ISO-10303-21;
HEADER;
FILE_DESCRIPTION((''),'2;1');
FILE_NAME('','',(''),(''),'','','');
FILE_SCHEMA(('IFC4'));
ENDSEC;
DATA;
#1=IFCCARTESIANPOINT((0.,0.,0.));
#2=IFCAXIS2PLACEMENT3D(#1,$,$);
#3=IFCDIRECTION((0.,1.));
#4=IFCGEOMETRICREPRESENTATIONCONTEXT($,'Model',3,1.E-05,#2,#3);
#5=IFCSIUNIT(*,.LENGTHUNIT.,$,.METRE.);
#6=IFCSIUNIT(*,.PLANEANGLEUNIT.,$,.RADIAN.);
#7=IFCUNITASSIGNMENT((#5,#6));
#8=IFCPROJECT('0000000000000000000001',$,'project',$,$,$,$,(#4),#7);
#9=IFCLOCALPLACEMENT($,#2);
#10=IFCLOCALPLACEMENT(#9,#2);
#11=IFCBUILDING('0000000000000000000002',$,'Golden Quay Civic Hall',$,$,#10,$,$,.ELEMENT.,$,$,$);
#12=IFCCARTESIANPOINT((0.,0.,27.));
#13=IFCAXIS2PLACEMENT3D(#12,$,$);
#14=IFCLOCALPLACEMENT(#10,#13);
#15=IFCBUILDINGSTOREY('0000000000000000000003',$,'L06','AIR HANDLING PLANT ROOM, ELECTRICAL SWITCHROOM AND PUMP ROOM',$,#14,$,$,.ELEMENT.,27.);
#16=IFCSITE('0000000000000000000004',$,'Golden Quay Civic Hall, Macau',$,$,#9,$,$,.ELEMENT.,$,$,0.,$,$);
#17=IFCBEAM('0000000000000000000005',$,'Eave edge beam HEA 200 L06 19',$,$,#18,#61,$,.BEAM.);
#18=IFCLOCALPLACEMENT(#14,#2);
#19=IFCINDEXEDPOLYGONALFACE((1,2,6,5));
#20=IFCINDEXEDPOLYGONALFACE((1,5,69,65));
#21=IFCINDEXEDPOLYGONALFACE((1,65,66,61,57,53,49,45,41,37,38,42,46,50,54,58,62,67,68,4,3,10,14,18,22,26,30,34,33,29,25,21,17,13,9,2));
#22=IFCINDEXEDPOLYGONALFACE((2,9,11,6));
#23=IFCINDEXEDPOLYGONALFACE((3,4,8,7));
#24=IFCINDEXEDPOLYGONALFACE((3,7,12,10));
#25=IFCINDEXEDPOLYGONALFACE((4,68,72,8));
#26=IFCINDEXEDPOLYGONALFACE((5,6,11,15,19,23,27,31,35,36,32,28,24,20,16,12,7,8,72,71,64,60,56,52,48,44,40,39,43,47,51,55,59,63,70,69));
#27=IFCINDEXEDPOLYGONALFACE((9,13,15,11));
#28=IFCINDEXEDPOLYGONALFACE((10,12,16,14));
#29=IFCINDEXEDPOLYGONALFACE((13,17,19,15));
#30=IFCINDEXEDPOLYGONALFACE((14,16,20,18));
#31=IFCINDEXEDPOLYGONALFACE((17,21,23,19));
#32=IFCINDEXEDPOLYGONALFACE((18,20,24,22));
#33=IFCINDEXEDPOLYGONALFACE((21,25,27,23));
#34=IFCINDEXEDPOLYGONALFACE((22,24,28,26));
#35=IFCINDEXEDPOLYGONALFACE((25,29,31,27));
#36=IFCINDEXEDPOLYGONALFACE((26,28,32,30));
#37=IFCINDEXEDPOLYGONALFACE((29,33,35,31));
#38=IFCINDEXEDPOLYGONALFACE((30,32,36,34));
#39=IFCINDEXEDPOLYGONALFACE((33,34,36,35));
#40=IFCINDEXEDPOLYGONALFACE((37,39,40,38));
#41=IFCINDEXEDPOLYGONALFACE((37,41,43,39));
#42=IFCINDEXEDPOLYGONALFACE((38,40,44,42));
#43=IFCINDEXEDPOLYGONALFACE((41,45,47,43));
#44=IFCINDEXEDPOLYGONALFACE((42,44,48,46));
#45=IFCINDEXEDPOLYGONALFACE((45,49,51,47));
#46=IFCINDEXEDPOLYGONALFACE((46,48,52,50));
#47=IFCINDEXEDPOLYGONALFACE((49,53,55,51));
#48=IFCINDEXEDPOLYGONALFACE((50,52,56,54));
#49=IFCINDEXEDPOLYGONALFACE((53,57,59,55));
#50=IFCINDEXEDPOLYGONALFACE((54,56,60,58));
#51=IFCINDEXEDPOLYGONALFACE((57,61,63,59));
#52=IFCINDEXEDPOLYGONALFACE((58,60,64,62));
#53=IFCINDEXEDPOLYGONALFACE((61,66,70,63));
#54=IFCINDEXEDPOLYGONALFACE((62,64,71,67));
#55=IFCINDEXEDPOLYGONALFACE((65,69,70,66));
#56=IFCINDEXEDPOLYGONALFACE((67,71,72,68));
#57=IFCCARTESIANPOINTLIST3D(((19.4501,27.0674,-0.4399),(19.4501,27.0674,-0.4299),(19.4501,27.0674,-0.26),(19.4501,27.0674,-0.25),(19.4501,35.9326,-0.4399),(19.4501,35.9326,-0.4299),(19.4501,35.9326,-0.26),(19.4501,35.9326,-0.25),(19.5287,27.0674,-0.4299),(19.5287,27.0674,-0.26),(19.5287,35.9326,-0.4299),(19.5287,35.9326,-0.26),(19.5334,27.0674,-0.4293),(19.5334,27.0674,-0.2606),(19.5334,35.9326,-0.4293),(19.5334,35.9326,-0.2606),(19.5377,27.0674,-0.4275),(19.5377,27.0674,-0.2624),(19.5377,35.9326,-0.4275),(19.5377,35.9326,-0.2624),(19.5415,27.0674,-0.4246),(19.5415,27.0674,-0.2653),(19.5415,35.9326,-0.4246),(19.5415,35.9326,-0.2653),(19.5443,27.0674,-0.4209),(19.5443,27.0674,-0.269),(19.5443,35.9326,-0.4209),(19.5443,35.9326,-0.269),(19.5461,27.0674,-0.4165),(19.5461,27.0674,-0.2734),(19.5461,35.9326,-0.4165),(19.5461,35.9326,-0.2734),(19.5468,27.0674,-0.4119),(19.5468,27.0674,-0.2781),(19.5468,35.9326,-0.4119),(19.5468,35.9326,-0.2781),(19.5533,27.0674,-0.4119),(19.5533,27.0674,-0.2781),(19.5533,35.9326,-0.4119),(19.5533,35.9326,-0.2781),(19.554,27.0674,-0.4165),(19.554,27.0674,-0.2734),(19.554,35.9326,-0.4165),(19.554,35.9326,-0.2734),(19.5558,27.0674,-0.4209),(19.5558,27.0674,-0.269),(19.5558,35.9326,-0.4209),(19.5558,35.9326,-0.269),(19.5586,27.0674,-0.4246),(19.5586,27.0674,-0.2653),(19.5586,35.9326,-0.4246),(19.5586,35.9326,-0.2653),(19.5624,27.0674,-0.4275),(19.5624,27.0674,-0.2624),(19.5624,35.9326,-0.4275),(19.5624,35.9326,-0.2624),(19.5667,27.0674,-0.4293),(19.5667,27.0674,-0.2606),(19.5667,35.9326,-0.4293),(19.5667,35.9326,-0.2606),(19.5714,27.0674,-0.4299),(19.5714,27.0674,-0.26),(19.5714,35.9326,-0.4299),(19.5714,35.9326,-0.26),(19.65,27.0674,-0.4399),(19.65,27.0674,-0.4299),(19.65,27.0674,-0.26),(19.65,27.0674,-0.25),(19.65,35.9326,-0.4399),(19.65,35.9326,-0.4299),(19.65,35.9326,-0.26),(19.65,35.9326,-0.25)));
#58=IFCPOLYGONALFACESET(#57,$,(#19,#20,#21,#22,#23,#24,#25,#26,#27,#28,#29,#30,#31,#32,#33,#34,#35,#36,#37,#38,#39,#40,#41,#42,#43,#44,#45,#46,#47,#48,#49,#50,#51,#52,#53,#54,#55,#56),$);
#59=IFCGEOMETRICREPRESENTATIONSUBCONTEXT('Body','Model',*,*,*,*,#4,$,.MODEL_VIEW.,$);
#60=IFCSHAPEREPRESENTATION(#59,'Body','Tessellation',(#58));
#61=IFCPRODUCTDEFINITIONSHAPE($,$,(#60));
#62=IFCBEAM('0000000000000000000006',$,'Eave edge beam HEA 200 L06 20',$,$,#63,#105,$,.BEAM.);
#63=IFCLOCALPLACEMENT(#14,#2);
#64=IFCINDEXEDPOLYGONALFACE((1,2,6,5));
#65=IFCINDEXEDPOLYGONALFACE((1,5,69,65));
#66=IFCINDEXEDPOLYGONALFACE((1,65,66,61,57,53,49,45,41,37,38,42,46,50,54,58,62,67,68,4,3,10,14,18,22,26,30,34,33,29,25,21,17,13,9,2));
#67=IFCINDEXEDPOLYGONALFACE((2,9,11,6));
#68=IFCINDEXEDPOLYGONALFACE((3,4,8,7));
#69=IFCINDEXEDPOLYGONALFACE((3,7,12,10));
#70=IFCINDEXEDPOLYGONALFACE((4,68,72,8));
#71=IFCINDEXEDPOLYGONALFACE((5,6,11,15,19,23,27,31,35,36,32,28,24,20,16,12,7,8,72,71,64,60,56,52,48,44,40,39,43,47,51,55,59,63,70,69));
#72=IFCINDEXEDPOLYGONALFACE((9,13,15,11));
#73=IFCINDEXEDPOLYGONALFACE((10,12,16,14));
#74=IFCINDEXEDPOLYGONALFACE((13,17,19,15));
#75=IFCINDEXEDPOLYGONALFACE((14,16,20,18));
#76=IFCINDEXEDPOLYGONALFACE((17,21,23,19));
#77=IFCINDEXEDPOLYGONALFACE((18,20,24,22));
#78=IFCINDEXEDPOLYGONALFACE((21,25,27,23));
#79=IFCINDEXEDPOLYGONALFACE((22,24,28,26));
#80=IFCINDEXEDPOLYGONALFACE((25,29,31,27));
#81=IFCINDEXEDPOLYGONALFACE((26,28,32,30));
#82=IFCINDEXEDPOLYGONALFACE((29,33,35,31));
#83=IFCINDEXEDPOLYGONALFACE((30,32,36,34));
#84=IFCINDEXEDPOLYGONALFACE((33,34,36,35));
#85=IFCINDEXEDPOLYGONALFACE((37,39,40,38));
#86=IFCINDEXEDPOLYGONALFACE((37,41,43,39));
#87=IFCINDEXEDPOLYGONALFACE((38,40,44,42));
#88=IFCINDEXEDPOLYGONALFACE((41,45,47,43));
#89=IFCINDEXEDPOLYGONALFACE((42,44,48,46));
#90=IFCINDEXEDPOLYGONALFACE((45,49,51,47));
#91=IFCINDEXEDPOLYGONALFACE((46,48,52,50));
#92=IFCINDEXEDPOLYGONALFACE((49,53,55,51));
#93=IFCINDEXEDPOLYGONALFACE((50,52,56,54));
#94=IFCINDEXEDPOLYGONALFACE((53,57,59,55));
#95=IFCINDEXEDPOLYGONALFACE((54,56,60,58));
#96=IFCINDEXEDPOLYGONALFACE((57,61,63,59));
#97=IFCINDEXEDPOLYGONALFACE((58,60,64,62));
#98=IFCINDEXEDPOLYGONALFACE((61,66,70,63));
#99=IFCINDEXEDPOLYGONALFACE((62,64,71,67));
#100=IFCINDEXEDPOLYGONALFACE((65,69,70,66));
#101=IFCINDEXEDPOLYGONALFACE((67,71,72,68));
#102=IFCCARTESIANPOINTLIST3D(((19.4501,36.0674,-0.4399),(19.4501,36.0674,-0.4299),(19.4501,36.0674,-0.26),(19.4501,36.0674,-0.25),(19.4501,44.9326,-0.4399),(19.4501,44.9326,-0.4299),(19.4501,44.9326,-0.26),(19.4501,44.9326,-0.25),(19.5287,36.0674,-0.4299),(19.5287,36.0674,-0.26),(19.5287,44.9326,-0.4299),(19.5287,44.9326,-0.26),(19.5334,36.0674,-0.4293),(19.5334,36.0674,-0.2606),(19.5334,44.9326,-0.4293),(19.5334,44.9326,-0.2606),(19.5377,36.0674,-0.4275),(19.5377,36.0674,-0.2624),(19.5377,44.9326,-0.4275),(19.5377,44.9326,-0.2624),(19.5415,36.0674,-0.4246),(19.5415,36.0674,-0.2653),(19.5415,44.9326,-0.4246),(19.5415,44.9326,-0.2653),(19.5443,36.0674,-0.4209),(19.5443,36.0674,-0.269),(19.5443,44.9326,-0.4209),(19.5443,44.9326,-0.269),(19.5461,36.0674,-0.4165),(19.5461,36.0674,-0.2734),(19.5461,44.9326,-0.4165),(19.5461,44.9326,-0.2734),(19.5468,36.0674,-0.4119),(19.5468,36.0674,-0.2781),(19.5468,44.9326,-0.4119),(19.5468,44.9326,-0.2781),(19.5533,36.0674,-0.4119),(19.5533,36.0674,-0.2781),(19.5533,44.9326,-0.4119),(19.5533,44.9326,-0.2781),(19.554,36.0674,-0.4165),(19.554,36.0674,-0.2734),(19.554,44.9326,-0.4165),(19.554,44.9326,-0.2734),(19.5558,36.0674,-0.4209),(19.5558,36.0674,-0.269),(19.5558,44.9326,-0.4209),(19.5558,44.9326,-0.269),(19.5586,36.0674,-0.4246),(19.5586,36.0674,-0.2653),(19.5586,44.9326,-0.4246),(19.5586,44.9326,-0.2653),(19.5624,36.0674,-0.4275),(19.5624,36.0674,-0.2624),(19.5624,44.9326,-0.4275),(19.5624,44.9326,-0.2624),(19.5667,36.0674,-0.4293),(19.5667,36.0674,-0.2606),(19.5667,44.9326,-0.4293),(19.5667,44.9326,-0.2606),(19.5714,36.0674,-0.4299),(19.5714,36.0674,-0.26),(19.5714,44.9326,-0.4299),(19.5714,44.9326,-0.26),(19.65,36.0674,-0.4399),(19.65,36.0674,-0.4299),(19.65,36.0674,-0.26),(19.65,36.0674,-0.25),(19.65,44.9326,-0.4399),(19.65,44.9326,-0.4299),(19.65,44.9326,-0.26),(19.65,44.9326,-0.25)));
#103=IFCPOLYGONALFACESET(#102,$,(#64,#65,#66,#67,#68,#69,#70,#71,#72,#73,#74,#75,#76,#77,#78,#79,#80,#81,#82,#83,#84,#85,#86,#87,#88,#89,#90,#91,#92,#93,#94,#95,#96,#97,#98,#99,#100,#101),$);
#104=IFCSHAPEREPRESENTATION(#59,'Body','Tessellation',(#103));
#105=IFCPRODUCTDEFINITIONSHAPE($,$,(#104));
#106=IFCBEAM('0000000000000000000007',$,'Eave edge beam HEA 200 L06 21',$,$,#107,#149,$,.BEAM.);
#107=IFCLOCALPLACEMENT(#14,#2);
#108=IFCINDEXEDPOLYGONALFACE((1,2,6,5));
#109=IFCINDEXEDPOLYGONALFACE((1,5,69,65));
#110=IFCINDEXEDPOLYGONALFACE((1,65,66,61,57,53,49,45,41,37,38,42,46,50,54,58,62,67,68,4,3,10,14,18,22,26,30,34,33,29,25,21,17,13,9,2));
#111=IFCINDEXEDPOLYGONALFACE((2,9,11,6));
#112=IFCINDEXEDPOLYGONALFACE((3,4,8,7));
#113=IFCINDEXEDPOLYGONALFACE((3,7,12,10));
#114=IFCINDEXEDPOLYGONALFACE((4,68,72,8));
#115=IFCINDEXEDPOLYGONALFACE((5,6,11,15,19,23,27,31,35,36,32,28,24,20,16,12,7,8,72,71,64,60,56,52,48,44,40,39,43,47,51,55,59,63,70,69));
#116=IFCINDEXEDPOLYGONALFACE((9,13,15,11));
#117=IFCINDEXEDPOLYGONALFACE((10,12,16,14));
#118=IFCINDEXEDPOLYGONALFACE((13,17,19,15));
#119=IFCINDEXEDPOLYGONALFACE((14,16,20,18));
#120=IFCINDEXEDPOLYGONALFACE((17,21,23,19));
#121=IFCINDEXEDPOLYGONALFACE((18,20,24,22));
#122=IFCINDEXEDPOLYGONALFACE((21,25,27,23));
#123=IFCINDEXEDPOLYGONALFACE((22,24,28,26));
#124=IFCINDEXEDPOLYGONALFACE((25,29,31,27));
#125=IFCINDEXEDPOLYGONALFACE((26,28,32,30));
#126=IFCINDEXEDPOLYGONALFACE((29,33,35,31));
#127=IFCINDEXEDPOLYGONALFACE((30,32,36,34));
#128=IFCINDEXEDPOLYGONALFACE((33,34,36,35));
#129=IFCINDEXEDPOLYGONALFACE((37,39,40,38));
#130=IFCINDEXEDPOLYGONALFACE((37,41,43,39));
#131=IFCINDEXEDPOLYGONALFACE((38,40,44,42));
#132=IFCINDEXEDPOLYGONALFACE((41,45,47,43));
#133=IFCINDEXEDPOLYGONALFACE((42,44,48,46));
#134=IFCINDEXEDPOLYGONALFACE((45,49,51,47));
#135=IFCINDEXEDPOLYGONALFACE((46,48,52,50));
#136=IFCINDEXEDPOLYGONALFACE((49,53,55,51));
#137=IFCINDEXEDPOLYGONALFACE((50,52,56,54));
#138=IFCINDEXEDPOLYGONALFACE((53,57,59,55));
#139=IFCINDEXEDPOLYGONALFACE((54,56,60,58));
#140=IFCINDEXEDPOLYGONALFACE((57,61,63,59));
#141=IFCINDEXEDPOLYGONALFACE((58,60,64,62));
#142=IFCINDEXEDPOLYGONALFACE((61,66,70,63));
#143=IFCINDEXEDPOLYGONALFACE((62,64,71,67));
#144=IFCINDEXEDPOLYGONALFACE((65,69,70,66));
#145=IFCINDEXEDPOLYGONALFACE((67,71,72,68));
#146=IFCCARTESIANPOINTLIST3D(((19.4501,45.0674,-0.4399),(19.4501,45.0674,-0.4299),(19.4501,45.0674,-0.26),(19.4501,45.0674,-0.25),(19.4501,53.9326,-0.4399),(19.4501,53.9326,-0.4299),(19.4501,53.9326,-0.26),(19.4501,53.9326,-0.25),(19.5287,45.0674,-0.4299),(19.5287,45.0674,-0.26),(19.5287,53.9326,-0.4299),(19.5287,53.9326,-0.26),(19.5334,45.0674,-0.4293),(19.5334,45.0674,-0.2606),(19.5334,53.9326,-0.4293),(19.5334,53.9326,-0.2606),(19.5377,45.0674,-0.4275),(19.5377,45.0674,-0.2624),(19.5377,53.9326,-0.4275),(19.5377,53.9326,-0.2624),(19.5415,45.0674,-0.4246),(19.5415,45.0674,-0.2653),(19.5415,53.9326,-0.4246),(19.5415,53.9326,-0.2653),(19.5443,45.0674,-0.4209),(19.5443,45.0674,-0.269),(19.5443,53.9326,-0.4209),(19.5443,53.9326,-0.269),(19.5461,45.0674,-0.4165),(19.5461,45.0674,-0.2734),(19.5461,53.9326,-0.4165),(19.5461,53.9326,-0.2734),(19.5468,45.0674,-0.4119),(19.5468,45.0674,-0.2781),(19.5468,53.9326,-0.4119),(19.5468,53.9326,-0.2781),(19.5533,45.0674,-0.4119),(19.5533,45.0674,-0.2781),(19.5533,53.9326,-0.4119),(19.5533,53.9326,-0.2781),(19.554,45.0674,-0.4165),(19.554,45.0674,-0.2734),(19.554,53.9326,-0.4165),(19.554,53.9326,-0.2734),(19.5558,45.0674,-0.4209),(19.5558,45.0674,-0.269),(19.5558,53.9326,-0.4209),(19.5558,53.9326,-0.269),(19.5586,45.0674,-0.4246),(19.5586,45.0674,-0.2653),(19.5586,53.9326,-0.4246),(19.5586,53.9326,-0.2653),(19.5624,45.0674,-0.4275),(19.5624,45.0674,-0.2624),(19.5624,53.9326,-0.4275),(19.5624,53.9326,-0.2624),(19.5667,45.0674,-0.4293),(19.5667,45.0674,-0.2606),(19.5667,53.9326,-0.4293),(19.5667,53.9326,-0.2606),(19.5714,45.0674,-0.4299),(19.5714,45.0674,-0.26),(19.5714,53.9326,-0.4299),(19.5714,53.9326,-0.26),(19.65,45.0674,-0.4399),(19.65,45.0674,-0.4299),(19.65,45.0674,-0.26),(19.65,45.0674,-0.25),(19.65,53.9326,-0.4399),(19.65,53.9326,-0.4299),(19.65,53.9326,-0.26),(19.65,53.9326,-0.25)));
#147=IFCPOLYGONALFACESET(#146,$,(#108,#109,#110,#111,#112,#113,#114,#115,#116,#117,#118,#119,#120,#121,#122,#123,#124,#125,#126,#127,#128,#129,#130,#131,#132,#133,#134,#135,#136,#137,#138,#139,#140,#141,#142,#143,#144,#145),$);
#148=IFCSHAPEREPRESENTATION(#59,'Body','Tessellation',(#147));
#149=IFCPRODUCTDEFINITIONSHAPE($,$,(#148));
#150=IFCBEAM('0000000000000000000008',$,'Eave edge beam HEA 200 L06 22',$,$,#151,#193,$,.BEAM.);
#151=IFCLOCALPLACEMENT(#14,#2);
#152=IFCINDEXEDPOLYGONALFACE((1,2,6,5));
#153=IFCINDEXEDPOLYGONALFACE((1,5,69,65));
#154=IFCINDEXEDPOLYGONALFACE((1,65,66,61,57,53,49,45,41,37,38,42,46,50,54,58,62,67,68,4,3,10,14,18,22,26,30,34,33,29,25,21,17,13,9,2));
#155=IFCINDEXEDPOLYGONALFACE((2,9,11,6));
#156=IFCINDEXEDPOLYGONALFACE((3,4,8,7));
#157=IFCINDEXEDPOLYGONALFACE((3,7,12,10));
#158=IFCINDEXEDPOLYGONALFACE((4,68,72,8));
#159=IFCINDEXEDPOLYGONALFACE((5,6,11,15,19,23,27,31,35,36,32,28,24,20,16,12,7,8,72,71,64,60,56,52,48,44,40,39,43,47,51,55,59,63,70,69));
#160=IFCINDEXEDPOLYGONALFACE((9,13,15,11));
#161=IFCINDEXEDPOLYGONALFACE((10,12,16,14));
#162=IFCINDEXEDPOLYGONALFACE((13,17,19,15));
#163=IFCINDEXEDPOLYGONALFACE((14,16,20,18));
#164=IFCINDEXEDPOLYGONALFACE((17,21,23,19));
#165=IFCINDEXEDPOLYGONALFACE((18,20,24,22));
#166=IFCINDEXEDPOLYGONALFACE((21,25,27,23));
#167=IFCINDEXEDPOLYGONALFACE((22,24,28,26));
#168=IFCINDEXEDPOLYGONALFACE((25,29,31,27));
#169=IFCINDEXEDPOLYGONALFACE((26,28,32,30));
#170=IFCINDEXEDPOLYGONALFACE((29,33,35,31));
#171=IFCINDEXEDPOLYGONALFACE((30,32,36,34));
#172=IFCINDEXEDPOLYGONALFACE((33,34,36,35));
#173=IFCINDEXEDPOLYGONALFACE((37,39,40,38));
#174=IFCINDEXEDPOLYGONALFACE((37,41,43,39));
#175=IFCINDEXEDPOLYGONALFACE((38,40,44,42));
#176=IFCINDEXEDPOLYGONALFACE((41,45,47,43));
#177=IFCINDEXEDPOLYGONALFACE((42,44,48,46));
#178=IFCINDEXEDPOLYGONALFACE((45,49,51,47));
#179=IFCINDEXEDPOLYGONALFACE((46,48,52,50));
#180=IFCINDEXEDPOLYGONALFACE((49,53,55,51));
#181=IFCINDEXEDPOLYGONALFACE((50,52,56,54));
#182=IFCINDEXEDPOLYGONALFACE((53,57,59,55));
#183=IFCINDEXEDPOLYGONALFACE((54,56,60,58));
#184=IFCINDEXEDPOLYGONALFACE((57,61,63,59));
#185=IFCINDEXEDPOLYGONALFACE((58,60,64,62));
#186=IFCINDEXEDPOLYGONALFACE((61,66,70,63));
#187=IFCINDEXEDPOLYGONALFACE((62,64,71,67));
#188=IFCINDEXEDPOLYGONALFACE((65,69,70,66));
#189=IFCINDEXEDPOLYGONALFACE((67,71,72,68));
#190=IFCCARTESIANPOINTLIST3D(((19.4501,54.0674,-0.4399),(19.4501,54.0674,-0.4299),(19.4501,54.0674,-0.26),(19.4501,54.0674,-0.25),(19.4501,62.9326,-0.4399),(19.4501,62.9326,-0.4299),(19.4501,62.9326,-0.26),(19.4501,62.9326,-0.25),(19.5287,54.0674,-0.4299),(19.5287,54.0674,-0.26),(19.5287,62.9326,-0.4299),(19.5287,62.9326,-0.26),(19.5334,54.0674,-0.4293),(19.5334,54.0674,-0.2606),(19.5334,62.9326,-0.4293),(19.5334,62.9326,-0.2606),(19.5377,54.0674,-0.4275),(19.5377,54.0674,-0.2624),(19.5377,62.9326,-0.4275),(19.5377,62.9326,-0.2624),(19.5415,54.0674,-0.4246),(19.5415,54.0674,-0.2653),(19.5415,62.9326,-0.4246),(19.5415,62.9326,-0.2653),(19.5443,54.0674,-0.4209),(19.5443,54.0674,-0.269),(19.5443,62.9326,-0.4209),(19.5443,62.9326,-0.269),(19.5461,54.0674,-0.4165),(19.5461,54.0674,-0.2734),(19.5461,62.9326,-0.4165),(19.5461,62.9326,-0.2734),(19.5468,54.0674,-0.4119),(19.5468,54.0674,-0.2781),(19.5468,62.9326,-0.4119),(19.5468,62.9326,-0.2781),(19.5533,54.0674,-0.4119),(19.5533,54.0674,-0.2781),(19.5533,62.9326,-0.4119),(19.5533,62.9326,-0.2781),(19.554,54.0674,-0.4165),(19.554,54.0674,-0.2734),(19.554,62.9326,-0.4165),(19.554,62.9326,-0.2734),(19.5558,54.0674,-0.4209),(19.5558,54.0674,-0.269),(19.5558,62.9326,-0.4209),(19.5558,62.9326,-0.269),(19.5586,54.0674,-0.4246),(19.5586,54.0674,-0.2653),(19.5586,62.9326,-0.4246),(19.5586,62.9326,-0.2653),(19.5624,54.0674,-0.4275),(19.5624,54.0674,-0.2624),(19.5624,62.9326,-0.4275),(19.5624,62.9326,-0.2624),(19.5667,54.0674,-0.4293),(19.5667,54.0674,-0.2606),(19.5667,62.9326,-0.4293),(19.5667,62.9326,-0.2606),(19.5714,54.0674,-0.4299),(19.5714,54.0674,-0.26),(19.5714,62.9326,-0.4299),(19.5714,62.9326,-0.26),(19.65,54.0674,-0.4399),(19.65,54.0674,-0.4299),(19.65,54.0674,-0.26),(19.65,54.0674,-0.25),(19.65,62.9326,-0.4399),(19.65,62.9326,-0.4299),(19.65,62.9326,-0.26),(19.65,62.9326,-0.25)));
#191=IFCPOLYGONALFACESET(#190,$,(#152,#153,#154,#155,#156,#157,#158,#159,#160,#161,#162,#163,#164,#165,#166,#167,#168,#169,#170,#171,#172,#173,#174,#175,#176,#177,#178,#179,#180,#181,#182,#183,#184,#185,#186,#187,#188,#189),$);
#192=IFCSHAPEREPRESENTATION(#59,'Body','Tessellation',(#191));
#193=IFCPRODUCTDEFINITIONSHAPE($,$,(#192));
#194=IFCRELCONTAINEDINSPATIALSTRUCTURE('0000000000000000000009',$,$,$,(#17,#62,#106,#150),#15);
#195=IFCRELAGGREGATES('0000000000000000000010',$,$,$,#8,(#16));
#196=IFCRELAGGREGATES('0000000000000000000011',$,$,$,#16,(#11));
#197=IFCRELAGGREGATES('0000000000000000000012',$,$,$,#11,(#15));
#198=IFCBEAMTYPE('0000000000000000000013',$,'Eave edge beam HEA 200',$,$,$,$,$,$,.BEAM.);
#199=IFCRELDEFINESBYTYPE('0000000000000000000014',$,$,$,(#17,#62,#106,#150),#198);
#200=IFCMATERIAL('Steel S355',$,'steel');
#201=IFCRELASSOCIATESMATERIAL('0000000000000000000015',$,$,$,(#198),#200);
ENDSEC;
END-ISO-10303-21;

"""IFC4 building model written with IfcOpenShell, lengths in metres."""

from ifc_helpers import new_model, si_unit, direction, frame, origin, origin_2d, place, context, subcontext, project, spatial, i_section, extrude, material, material_profile, profile_set, type_object, element, save


model = new_model("IFC4")

# Units and contexts
model_context = context("Model", 3, precision=1e-05, world=origin(), true_north=direction((0.0, 1.0)))
body_context = subcontext(model_context, "Body", "Model", "MODEL_VIEW")
ifc_project = project(units=[si_unit("LENGTHUNIT", "METRE"), si_unit("PLANEANGLEUNIT", "RADIAN")], contexts=[model_context])

# Site, building, storey
site_placement = place(None, origin())
site = spatial("IfcSite", under=ifc_project, at=site_placement, Name="Golden Quay Civic Hall, Macau", CompositionType="ELEMENT", RefElevation=0.0)
building_placement = place(site_placement, origin())
building = spatial("IfcBuilding", under=site, at=building_placement, Name="Golden Quay Civic Hall", CompositionType="ELEMENT")
storey_placement = place(building_placement, frame((0.0, 0.0, 27.0)))
storey = spatial("IfcBuildingStorey", under=building, at=storey_placement, Name="L06", Description="AIR HANDLING PLANT ROOM, ELECTRICAL SWITCHROOM AND PUMP ROOM", CompositionType="ELEMENT", Elevation=27.0)

# Beams
ifc_material_1 = material(Name="Steel S355", Category="steel")
ifc_material_profile_1 = material_profile(ifc_material_1, i_section(OverallWidth=0.2, OverallDepth=0.1899, WebThickness=0.0066, FlangeThickness=0.01, FilletRadius=0.0181, at=origin_2d()), Name="HEA 200")
ifc_profile_set_1 = profile_set([ifc_material_profile_1], Name="Steel S355")
beam_type_1 = type_object("IfcBeamType", Name="Eave edge beam HEA 200", PredefinedType="BEAM", material=ifc_profile_set_1)
for number, where, z_axis, x_axis, name in (
    (1, (19.55, 27.0674, -0.345), (0.0, 1.0, 0.0), (-1.0, 0.0, 0.0), "Eave edge beam HEA 200 L06 19"),
    (2, (19.55, 36.0674, -0.345), (0.0, 1.0, 0.0), (-1.0, 0.0, 0.0), "Eave edge beam HEA 200 L06 20"),
    (3, (19.55, 45.0674, -0.345), (0.0, 1.0, 0.0), (-1.0, 0.0, 0.0), "Eave edge beam HEA 200 L06 21"),
    (4, (19.55, 54.0674, -0.345), (0.0, 1.0, 0.0), (-1.0, 0.0, 0.0), "Eave edge beam HEA 200 L06 22"),
):
    element("IfcBeam", number, at=place(storey_placement, frame(where, z_axis=z_axis, x_axis=x_axis)), inside=storey, type_object=beam_type_1, Name=name, PredefinedType="BEAM", context=body_context, shape_type="SweptSolid", body=[
        extrude(i_section(OverallWidth=0.2, OverallDepth=0.1899, WebThickness=0.0066, FlangeThickness=0.01, FilletRadius=0.0181, at=origin_2d()), origin(), (0.0, 0.0, 1.0), 8.8652),
    ])

save(model, "model.ifc")
